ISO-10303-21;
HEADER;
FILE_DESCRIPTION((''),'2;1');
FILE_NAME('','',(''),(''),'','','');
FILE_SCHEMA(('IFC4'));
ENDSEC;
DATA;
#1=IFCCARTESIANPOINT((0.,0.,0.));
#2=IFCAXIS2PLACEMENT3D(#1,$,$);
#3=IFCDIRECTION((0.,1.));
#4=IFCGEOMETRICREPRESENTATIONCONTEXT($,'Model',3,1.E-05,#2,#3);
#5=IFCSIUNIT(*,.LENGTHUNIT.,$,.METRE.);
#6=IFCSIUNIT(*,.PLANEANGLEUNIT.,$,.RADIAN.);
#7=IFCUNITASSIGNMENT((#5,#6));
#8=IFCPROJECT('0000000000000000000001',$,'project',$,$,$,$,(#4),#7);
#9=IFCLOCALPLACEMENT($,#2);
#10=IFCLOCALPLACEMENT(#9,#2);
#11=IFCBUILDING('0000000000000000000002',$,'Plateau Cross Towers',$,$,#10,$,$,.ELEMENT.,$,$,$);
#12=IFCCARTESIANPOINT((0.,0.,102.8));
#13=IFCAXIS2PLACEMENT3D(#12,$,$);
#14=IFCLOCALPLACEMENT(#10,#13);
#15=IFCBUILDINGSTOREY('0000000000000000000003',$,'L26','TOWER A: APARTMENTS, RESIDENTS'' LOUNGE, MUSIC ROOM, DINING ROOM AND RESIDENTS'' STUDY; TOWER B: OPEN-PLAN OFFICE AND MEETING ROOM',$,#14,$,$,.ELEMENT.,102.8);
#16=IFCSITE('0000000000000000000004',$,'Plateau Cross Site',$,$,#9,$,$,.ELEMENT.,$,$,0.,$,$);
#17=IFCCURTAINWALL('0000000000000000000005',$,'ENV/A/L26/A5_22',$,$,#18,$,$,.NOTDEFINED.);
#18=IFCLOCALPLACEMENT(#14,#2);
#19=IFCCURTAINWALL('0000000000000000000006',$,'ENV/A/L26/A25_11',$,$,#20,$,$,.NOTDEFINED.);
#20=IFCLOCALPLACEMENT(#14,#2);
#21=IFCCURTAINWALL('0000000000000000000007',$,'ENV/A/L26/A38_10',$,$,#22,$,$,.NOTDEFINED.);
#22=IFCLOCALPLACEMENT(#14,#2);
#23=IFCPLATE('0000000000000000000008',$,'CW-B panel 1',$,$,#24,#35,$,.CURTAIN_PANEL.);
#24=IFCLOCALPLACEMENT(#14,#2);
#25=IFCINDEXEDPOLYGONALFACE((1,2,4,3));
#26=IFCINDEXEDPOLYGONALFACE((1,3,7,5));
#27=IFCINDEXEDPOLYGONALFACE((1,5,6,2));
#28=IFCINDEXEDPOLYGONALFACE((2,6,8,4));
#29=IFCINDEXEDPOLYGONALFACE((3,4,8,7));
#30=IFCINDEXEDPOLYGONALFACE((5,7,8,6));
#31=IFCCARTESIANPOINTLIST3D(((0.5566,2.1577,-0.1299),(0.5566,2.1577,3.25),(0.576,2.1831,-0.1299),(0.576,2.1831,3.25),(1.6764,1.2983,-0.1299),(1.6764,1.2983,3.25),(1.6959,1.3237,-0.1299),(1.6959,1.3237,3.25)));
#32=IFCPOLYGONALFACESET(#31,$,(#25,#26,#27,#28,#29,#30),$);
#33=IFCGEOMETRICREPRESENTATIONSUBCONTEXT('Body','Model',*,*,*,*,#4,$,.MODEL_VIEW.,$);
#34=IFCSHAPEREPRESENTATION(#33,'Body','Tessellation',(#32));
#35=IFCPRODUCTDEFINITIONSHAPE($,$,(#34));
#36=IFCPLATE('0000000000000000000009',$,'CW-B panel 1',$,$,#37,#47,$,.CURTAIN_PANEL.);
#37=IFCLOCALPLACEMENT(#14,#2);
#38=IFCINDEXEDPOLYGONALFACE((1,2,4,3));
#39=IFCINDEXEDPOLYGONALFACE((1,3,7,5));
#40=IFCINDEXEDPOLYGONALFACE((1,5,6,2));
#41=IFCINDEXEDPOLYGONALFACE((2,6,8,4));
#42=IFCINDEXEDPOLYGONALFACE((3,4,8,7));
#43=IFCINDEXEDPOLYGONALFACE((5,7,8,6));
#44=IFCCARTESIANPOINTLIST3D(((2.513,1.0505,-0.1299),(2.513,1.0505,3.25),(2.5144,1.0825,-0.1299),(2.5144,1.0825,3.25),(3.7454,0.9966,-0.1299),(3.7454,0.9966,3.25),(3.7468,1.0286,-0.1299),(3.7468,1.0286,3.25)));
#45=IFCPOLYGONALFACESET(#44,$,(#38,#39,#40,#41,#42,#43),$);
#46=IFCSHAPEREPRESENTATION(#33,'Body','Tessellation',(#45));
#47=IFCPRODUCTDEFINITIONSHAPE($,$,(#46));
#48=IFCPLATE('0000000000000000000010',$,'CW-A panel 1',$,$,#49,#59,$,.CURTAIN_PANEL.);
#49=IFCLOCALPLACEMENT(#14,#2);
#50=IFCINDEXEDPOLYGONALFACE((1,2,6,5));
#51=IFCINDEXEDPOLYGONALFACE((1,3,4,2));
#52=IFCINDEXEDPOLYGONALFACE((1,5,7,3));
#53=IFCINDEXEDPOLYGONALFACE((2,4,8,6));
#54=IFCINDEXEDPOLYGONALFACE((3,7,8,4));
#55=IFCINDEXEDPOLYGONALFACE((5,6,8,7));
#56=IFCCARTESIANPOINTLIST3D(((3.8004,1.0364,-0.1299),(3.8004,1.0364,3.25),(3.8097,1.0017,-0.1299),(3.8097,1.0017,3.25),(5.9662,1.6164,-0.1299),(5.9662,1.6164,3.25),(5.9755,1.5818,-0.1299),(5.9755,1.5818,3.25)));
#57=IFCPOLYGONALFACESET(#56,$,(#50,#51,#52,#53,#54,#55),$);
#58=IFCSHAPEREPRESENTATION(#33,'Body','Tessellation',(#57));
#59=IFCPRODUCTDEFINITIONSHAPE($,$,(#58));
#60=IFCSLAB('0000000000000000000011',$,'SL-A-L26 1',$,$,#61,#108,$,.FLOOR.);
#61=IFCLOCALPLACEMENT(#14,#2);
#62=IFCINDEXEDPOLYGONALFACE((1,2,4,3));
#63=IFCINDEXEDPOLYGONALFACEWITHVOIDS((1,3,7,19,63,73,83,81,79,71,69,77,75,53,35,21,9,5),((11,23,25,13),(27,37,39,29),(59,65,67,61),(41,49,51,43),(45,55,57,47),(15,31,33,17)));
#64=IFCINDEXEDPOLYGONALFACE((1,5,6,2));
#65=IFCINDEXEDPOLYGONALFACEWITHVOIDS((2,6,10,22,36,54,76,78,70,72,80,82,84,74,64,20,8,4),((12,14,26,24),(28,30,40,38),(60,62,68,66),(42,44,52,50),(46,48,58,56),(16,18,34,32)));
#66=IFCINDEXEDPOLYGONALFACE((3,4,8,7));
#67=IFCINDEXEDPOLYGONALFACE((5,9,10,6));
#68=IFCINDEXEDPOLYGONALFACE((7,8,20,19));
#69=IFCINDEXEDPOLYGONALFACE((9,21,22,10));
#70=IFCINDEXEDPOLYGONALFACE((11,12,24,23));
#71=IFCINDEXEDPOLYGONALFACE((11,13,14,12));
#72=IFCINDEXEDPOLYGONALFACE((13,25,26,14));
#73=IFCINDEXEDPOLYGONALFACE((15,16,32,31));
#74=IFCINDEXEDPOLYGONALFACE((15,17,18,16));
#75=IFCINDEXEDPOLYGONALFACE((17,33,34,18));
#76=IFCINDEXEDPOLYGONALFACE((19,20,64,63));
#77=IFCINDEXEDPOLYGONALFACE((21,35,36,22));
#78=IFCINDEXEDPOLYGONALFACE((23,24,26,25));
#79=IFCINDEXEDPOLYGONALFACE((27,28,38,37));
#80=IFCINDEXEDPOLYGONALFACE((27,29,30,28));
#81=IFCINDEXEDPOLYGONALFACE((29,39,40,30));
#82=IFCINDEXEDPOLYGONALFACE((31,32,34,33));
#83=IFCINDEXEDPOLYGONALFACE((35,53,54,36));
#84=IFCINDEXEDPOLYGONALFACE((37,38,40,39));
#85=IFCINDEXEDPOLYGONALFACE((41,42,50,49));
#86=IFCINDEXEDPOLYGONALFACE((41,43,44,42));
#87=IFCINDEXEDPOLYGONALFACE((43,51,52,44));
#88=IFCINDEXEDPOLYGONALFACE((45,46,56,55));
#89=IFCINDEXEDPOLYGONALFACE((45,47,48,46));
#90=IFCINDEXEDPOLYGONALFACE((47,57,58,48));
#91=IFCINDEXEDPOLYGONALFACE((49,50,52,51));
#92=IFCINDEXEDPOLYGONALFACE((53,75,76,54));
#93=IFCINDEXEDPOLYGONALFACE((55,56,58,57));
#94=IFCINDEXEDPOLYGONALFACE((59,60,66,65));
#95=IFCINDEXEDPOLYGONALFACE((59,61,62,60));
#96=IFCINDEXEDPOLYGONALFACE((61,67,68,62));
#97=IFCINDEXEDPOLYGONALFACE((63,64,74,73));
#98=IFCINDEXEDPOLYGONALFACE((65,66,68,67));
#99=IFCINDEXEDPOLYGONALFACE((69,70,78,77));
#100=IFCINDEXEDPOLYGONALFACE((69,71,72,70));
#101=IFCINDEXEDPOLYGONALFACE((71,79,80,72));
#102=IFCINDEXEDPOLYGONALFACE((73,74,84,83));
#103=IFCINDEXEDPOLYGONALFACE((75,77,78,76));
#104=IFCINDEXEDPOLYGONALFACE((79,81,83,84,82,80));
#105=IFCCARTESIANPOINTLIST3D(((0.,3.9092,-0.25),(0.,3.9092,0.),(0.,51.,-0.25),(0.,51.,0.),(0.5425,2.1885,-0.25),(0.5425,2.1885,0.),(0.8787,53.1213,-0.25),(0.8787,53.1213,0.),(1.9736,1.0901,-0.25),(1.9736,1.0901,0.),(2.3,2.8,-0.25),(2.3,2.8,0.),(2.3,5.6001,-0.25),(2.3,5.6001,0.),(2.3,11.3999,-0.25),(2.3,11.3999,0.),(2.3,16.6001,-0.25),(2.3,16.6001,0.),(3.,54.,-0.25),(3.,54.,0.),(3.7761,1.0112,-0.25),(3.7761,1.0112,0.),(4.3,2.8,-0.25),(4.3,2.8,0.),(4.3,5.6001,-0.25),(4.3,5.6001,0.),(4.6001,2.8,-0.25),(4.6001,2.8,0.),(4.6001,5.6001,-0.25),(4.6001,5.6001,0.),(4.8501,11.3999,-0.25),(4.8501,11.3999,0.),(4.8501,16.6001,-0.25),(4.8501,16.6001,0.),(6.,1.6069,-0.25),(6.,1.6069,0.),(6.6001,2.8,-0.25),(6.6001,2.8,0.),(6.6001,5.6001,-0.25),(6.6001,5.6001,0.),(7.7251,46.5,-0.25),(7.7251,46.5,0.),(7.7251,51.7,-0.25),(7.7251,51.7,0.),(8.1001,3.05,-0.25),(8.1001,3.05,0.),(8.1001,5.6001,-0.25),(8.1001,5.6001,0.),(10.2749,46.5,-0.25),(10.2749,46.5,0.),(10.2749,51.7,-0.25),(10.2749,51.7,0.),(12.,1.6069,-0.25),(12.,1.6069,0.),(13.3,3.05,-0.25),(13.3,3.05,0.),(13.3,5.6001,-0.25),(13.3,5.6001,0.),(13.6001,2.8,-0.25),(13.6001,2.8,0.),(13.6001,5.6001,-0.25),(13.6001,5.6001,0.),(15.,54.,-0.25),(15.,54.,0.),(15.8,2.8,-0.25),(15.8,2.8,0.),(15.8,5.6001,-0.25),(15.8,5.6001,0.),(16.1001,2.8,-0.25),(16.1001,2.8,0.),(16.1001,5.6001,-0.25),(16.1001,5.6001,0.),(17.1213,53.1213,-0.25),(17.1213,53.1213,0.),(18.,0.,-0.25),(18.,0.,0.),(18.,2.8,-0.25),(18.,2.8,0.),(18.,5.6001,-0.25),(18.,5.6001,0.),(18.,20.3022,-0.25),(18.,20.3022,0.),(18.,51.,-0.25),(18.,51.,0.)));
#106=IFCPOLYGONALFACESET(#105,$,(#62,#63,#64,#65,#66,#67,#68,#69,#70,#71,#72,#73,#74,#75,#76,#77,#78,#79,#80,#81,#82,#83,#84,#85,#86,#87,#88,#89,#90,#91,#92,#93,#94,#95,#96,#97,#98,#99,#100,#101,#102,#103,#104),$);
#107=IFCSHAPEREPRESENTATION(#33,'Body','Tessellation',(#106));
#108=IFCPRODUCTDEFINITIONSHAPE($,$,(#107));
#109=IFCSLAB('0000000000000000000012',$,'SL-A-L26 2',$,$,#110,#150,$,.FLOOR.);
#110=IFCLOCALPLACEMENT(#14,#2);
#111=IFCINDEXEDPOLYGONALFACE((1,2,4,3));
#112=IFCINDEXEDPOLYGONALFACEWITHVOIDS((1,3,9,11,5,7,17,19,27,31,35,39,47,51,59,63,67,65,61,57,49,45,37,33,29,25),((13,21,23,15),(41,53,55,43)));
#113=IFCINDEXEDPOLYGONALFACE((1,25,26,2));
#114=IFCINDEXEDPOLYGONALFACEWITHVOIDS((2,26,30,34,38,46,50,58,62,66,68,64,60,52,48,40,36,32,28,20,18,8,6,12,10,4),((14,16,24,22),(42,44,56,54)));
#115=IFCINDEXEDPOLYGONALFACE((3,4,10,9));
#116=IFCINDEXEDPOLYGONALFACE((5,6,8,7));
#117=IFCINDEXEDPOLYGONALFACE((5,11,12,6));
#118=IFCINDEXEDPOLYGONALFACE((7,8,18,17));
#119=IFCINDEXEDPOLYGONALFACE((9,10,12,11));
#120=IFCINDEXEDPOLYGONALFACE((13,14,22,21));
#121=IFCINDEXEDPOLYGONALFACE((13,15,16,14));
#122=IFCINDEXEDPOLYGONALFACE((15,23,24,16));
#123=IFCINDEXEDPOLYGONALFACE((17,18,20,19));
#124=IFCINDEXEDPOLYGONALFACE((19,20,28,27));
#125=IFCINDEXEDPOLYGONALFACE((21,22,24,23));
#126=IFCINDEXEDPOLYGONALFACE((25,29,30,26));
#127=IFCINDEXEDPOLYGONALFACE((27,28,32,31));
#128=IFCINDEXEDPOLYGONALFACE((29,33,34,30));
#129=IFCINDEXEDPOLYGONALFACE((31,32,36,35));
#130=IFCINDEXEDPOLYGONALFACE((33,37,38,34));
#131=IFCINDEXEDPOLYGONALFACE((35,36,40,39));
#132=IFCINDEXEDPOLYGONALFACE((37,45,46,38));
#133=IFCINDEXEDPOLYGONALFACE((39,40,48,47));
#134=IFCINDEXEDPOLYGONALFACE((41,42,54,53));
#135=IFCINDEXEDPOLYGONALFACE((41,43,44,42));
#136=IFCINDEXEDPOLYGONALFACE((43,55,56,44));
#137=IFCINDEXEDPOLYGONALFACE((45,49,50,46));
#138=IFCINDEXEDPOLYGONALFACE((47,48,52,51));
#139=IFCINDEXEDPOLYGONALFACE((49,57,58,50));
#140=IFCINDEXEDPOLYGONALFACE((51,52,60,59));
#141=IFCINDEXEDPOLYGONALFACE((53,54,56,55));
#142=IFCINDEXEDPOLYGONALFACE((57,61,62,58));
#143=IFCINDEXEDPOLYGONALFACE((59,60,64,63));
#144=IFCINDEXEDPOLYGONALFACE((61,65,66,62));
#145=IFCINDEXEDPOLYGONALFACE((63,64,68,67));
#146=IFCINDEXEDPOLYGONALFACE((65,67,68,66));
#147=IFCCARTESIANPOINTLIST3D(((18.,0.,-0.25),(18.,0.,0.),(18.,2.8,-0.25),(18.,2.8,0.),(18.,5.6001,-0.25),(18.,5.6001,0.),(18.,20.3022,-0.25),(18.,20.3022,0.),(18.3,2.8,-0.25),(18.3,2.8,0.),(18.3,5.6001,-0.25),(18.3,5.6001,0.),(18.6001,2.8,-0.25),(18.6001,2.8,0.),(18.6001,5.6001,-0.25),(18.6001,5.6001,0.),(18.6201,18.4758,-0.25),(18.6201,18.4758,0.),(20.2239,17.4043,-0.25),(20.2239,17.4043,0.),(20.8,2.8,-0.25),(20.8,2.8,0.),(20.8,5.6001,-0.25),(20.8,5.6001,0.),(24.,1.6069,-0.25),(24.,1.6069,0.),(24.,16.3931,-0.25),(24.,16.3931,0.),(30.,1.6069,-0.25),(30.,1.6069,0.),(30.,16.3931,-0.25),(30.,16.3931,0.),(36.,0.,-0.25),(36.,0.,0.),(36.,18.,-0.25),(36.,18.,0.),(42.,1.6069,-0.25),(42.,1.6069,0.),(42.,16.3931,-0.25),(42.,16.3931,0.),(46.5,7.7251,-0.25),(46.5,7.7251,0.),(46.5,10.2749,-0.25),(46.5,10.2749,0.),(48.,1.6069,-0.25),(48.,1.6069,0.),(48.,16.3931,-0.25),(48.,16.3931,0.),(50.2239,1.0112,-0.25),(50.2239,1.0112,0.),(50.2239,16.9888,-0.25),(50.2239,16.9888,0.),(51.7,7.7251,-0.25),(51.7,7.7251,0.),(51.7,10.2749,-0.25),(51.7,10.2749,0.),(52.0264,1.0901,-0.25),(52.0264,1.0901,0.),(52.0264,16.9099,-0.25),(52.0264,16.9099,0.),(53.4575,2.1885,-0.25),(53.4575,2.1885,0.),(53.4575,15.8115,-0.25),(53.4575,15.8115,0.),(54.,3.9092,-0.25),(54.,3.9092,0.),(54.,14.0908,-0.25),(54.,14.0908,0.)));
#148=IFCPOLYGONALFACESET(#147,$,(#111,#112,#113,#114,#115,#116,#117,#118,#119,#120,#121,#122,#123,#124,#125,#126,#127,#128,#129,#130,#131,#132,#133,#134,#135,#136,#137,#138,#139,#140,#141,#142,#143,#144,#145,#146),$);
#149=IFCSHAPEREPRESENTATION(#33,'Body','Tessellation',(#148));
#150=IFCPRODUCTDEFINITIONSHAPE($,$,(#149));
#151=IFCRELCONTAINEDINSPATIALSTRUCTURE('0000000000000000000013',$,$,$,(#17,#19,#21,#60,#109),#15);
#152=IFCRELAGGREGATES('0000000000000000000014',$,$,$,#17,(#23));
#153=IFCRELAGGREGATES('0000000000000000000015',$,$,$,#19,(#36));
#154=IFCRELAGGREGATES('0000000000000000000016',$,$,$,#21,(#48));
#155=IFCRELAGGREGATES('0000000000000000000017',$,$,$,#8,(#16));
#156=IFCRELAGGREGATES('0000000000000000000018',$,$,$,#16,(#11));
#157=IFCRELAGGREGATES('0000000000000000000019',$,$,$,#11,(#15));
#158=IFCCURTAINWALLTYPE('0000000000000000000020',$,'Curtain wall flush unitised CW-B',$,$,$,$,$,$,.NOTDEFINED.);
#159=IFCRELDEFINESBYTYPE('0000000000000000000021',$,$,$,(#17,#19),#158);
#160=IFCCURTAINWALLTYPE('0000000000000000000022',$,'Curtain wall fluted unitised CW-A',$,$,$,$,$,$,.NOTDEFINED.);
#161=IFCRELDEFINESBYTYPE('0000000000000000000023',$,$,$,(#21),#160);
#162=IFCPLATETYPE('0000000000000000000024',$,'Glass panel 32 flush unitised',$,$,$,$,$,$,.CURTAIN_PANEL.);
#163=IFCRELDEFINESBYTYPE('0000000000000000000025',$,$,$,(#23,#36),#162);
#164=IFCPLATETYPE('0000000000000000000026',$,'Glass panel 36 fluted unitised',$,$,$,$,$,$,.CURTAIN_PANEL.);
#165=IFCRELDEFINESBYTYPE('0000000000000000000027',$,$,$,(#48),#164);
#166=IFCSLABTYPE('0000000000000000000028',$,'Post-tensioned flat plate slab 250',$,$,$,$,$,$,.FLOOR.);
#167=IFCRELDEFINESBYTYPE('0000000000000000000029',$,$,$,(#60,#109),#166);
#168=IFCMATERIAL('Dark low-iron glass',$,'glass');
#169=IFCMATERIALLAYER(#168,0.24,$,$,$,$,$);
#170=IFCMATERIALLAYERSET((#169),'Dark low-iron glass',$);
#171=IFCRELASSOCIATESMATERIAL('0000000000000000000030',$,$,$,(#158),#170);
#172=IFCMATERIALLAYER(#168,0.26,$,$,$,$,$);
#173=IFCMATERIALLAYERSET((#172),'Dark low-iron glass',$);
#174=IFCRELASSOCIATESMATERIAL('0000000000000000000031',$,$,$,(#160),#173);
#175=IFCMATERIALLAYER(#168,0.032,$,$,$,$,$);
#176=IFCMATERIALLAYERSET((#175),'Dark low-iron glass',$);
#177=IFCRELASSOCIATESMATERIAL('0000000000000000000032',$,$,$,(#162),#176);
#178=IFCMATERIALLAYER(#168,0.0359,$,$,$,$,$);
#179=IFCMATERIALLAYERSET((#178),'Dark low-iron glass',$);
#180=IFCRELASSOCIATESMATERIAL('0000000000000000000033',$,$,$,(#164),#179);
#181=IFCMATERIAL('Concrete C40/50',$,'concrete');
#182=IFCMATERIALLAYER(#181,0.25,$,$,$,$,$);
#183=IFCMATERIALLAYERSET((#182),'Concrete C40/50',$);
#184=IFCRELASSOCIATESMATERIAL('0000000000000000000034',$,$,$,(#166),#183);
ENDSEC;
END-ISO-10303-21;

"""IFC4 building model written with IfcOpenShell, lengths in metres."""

from ifc_helpers import new_model, si_unit, direction, frame, origin, origin_2d, place, context, subcontext, project, spatial, polyline, rectangle, outline, extrude, material, layer, layer_set, type_object, element, aggregate, save


model = new_model("IFC4")

# Units and contexts
model_context = context("Model", 3, precision=1e-05, world=origin(), true_north=direction((0.0, 1.0)))
body_context = subcontext(model_context, "Body", "Model", "MODEL_VIEW")
ifc_project = project(units=[si_unit("LENGTHUNIT", "METRE"), si_unit("PLANEANGLEUNIT", "RADIAN")], contexts=[model_context])

# Site, building, storey
site_placement = place(None, origin())
site = spatial("IfcSite", under=ifc_project, at=site_placement, Name="Plateau Cross Site", CompositionType="ELEMENT", RefElevation=0.0)
building_placement = place(site_placement, origin())
building = spatial("IfcBuilding", under=site, at=building_placement, Name="Plateau Cross Towers", CompositionType="ELEMENT")
storey_placement = place(building_placement, frame((0.0, 0.0, 102.8)))
storey = spatial("IfcBuildingStorey", under=building, at=storey_placement, Name="L26", Description="TOWER A: APARTMENTS, RESIDENTS' LOUNGE, MUSIC ROOM, DINING ROOM AND RESIDENTS' STUDY; TOWER B: OPEN-PLAN OFFICE AND MEETING ROOM", CompositionType="ELEMENT", Elevation=102.8)

# Curtain wall
ifc_material_1 = material(Name="Dark low-iron glass", Category="glass")
ifc_layer_1 = layer(ifc_material_1, 0.24)
ifc_layer_set_1 = layer_set([ifc_layer_1], Name="Dark low-iron glass")
curtain_wall_type_1 = type_object("IfcCurtainWallType", Name="Curtain wall flush unitised CW-B", PredefinedType="NOTDEFINED", material=ifc_layer_set_1)
curtain_wall_1_placement = place(storey_placement, origin())
curtain_wall_1 = element("IfcCurtainWall", 1, at=curtain_wall_1_placement, inside=storey, type_object=curtain_wall_type_1, Name="ENV/A/L26/A5_22", PredefinedType="NOTDEFINED")

# Curtain walls
curtain_wall_2_placement = place(storey_placement, origin())
curtain_wall_2 = element("IfcCurtainWall", 2, at=curtain_wall_2_placement, inside=storey, type_object=curtain_wall_type_1, Name="ENV/A/L26/A25_11", PredefinedType="NOTDEFINED")
ifc_layer_2 = layer(ifc_material_1, 0.26)
ifc_layer_set_2 = layer_set([ifc_layer_2], Name="Dark low-iron glass")
curtain_wall_type_2 = type_object("IfcCurtainWallType", Name="Curtain wall fluted unitised CW-A", PredefinedType="NOTDEFINED", material=ifc_layer_set_2)
curtain_wall_3_placement = place(storey_placement, origin())
curtain_wall_3 = element("IfcCurtainWall", 3, at=curtain_wall_3_placement, inside=storey, type_object=curtain_wall_type_2, Name="ENV/A/L26/A38_10", PredefinedType="NOTDEFINED")

# Shared definitions
ifc_material_2 = material(Name="Concrete C40/50", Category="concrete")

# Plates
ifc_layer_3 = layer(ifc_material_1, 0.032)
ifc_layer_set_3 = layer_set([ifc_layer_3], Name="Dark low-iron glass")
plate_type_1 = type_object("IfcPlateType", Name="Glass panel 32 flush unitised", PredefinedType="CURTAIN_PANEL", material=ifc_layer_set_3)
plate_1_placement = place(storey_placement, frame((1.1262, 1.7407, -0.1299), z_axis=(0.0, 0.0, 1.0), x_axis=(0.793316, -0.608811, 0.0)))
plate_1 = element("IfcPlate", 4, at=plate_1_placement, type_object=plate_type_1, Name="CW-B panel 1", PredefinedType="CURTAIN_PANEL", context=body_context, shape_type="SweptSolid", body=[
    extrude(rectangle(XDim=1.4116, YDim=0.032, at=origin_2d()), origin(), (0.0, 0.0, 1.0), 3.3799),
])
aggregate(curtain_wall_1, [plate_1])
plate_2_placement = place(storey_placement, frame((3.1299, 1.0396, -0.1299), z_axis=(0.0, 0.0, 1.0), x_axis=(0.999044, -0.043723, 0.0)))
plate_2 = element("IfcPlate", 5, at=plate_2_placement, type_object=plate_type_1, Name="CW-B panel 1", PredefinedType="CURTAIN_PANEL", context=body_context, shape_type="SweptSolid", body=[
    extrude(rectangle(XDim=1.2336, YDim=0.032, at=origin_2d()), origin(), (0.0, 0.0, 1.0), 3.3799),
])
aggregate(curtain_wall_2, [plate_2])
ifc_layer_4 = layer(ifc_material_1, 0.0359)
ifc_layer_set_4 = layer_set([ifc_layer_4], Name="Dark low-iron glass")
plate_type_2 = type_object("IfcPlateType", Name="Glass panel 36 fluted unitised", PredefinedType="CURTAIN_PANEL", material=ifc_layer_set_4)
plate_3_placement = place(storey_placement, frame((4.8879, 1.3091, -0.1299), z_axis=(0.0, 0.0, 1.0), x_axis=(0.965958, 0.258699, 0.0)))
plate_3 = element("IfcPlate", 6, at=plate_3_placement, type_object=plate_type_2, Name="CW-A panel 1", PredefinedType="CURTAIN_PANEL", context=body_context, shape_type="SweptSolid", body=[
    extrude(rectangle(XDim=2.2422, YDim=0.0359, at=origin_2d()), origin(), (0.0, 0.0, 1.0), 3.3799),
])
aggregate(curtain_wall_3, [plate_3])

# Slabs
ifc_layer_5 = layer(ifc_material_2, 0.25)
ifc_layer_set_5 = layer_set([ifc_layer_5], Name="Concrete C40/50")
slab_type_1 = type_object("IfcSlabType", Name="Post-tensioned flat plate slab 250", PredefinedType="FLOOR", material=ifc_layer_set_5)
slab_1_placement = place(storey_placement, frame((0.0, 0.0, -0.25)))
element("IfcSlab", 7, at=slab_1_placement, inside=storey, type_object=slab_type_1, Name="SL-A-L26 1", PredefinedType="FLOOR", context=body_context, shape_type="SweptSolid", body=[
    extrude(outline(polyline([(0.5425, 2.1885), (0.0, 3.9092), (0.0, 51.0), (0.8787, 53.1213), (3.0, 54.0), (15.0, 54.0), (17.1213, 53.1213), (18.0, 51.0), (18.0, 20.3022), (18.0, 5.6001), (16.1001, 5.6001), (16.1001, 2.8), (18.0, 2.8), (18.0, 0.0), (12.0, 1.6069), (6.0, 1.6069), (3.7761, 1.0112), (1.9736, 1.0901), (0.5425, 2.1885)]), holes=[polyline([(4.3, 5.6001), (2.3, 5.6001), (2.3, 2.8), (4.3, 2.8), (4.3, 5.6001)]), polyline([(6.6001, 5.6001), (4.6001, 5.6001), (4.6001, 2.8), (6.6001, 2.8), (6.6001, 5.6001)]), polyline([(15.8, 5.6001), (13.6001, 5.6001), (13.6001, 2.8), (15.8, 2.8), (15.8, 5.6001)]), polyline([(13.3, 5.6001), (8.1001, 5.6001), (8.1001, 3.05), (13.3, 3.05), (13.3, 5.6001)]), polyline([(4.8501, 16.6001), (2.3, 16.6001), (2.3, 11.3999), (4.8501, 11.3999), (4.8501, 16.6001)]), polyline([(7.7251, 51.7), (7.7251, 46.5), (10.2749, 46.5), (10.2749, 51.7), (7.7251, 51.7)])]), origin(), (0.0, 0.0, 1.0), 0.25),
])
slab_2_placement = place(storey_placement, frame((0.0, 0.0, -0.25)))
element("IfcSlab", 8, at=slab_2_placement, inside=storey, type_object=slab_type_1, Name="SL-A-L26 2", PredefinedType="FLOOR", context=body_context, shape_type="SweptSolid", body=[
    extrude(outline(polyline([(18.6201, 18.4758), (20.2239, 17.4043), (24.0, 16.3931), (30.0, 16.3931), (36.0, 18.0), (42.0, 16.3931), (48.0, 16.3931), (50.2239, 16.9888), (52.0264, 16.9099), (53.4575, 15.8115), (54.0, 14.0908), (54.0, 3.9092), (53.4575, 2.1885), (52.0264, 1.0901), (50.2239, 1.0112), (48.0, 1.6069), (42.0, 1.6069), (36.0, 0.0), (30.0, 1.6069), (24.0, 1.6069), (18.0, 0.0), (18.0, 2.8), (18.3, 2.8), (18.3, 5.6001), (18.0, 5.6001), (18.0, 20.3022), (18.6201, 18.4758)]), holes=[polyline([(20.8, 5.6001), (18.6001, 5.6001), (18.6001, 2.8), (20.8, 2.8), (20.8, 5.6001)]), polyline([(51.7, 7.7251), (51.7, 10.2749), (46.5, 10.2749), (46.5, 7.7251), (51.7, 7.7251)])]), origin(), (0.0, 0.0, 1.0), 0.25),
])

save(model, "model.ifc")
